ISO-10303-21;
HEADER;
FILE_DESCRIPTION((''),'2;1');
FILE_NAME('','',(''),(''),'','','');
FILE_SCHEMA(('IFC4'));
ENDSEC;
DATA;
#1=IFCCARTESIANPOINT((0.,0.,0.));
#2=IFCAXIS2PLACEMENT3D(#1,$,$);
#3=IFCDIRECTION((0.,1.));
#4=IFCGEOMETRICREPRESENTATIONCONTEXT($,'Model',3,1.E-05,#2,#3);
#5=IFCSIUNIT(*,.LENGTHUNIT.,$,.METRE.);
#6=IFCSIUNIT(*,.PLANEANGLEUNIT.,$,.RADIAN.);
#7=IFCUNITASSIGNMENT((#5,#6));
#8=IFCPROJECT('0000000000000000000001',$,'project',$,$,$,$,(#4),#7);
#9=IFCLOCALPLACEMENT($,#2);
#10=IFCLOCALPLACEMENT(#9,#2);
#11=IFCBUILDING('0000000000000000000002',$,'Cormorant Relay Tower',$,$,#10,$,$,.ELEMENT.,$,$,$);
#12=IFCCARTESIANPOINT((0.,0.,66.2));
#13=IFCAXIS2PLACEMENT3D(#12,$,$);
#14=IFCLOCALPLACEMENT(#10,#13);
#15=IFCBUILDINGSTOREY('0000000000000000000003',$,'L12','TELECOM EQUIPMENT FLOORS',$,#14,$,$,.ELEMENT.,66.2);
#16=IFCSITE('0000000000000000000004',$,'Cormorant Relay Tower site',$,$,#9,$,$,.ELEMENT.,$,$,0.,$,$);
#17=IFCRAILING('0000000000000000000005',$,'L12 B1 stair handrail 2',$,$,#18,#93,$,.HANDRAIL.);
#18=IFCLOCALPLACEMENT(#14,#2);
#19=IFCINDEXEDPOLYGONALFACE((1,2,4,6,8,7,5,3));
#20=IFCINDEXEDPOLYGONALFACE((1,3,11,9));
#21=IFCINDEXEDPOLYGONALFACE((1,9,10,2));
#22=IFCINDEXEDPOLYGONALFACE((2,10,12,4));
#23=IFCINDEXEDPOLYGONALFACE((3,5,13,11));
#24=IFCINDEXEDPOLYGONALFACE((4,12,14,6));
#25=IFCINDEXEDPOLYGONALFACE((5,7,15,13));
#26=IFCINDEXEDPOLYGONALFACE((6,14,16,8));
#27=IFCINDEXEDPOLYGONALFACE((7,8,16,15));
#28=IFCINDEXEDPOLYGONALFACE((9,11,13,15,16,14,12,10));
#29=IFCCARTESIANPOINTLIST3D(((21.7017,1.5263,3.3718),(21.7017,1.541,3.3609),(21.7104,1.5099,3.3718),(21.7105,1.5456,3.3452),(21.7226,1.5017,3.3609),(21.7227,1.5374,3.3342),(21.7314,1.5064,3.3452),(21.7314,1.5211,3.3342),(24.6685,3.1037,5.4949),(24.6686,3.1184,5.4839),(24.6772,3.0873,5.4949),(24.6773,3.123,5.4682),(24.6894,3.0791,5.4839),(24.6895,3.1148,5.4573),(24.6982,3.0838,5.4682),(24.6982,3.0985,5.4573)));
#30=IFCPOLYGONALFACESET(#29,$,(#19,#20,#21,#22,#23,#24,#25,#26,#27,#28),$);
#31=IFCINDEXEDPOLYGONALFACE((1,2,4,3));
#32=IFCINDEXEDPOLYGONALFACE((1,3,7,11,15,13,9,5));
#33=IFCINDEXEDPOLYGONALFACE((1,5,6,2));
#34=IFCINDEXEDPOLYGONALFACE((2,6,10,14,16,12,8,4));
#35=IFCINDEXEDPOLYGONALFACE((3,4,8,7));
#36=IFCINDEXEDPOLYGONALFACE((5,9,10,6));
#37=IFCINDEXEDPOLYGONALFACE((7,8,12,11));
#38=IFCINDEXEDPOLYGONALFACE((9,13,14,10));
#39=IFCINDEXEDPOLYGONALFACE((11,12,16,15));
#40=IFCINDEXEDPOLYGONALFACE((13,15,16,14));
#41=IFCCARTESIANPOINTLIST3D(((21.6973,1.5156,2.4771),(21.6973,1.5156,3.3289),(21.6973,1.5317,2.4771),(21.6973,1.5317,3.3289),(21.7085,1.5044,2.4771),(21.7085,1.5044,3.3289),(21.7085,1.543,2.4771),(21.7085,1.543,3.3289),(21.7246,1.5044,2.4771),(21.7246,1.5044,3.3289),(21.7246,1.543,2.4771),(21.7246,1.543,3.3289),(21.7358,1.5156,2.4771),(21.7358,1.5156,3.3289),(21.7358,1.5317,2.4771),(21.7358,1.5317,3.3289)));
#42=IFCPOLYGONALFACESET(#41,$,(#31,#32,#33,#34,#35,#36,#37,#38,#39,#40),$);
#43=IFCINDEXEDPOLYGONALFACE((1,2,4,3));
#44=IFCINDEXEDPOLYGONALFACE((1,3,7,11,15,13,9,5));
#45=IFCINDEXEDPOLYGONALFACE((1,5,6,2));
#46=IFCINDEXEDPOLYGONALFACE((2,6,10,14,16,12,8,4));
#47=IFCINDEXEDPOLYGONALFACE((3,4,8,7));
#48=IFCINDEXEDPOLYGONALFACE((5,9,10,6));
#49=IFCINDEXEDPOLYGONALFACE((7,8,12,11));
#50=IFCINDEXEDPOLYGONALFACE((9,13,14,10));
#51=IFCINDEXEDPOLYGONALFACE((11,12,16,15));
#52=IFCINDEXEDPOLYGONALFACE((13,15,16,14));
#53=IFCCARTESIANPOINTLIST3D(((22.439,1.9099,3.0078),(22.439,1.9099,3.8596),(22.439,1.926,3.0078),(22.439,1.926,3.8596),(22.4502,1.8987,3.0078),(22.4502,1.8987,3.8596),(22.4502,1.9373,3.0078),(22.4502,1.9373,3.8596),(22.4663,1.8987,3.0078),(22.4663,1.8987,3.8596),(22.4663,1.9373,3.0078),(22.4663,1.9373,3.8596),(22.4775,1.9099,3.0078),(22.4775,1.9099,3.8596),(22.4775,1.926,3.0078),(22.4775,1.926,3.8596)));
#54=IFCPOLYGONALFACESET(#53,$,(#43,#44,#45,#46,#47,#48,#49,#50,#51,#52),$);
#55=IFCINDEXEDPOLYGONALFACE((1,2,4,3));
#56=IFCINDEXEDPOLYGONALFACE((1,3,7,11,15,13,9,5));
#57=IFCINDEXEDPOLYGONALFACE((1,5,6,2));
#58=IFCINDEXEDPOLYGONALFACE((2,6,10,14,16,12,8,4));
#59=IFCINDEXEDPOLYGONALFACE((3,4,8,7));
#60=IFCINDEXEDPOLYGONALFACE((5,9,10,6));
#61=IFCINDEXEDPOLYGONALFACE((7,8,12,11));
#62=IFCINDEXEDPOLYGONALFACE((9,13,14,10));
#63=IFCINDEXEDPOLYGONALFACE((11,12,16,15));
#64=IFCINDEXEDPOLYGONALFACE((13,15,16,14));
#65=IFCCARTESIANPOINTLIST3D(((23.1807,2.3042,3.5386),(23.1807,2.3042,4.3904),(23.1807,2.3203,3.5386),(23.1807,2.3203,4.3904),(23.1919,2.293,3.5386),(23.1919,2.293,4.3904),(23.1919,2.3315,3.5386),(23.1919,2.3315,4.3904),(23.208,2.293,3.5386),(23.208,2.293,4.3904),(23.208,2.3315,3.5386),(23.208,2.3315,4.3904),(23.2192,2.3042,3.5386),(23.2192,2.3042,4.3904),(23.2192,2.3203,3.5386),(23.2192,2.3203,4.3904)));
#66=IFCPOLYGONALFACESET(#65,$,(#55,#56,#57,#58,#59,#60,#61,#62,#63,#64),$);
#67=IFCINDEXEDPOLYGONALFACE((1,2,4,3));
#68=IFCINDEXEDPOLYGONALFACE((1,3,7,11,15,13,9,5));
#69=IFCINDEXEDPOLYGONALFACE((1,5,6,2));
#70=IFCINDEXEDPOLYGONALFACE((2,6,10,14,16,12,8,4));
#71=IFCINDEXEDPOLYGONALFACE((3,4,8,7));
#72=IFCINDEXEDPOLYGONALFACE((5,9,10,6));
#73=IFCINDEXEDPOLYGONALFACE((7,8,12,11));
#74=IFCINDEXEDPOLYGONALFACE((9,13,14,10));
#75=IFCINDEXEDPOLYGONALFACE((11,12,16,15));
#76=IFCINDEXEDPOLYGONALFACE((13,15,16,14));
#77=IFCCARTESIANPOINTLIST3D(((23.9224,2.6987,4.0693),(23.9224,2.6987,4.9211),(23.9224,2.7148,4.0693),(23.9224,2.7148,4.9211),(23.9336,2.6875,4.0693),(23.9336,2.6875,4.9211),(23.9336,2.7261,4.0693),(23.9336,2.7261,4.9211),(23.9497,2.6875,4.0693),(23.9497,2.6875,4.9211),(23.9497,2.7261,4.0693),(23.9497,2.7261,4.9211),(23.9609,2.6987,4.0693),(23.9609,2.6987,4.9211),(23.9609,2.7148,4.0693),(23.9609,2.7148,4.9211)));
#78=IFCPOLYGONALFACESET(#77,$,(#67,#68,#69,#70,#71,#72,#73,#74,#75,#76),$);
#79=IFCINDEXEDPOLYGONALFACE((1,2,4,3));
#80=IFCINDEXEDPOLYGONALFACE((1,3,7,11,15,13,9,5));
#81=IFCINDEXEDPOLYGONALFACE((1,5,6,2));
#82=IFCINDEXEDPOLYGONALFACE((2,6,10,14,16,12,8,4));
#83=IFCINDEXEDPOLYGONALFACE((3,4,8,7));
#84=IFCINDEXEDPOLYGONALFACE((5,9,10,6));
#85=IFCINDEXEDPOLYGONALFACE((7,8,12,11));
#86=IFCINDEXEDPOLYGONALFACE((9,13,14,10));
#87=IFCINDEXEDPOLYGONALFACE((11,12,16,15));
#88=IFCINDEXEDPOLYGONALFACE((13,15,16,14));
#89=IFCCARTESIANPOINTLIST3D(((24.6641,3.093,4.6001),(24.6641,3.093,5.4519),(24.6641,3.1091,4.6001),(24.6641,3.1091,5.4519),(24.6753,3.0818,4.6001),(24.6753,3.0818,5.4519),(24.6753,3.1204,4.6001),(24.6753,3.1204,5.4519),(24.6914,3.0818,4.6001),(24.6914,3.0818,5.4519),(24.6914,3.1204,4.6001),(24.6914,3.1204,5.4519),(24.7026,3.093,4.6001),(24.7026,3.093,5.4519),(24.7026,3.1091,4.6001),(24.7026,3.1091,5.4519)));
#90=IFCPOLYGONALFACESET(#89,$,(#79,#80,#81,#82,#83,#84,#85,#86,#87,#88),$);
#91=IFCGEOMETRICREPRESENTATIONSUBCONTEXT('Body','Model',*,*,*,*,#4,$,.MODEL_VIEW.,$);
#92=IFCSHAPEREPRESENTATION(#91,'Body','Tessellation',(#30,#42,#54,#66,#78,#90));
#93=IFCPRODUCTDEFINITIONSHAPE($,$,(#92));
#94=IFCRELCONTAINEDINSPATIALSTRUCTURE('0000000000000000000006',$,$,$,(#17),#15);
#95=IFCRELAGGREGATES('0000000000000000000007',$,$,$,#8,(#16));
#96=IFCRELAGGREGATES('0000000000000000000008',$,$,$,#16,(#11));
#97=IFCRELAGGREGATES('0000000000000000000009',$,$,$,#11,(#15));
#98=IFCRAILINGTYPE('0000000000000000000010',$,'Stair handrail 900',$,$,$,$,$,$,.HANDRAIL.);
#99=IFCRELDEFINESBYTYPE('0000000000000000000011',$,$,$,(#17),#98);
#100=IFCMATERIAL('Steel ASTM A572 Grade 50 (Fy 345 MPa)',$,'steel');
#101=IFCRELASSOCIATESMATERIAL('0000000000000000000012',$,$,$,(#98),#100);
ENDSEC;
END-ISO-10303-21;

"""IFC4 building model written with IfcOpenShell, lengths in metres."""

from ifc_helpers import new_model, si_unit, direction, frame, origin, place, context, subcontext, project, spatial, polyline, outline, extrude, material, type_object, element, save


model = new_model("IFC4")

# Units and contexts
model_context = context("Model", 3, precision=1e-05, world=origin(), true_north=direction((0.0, 1.0)))
body_context = subcontext(model_context, "Body", "Model", "MODEL_VIEW")
ifc_project = project(units=[si_unit("LENGTHUNIT", "METRE"), si_unit("PLANEANGLEUNIT", "RADIAN")], contexts=[model_context])

# Site, building, storey
site_placement = place(None, origin())
site = spatial("IfcSite", under=ifc_project, at=site_placement, Name="Cormorant Relay Tower site", CompositionType="ELEMENT", RefElevation=0.0)
building_placement = place(site_placement, origin())
building = spatial("IfcBuilding", under=site, at=building_placement, Name="Cormorant Relay Tower", CompositionType="ELEMENT")
storey_placement = place(building_placement, frame((0.0, 0.0, 66.2)))
storey = spatial("IfcBuildingStorey", under=building, at=storey_placement, Name="L12", Description="TELECOM EQUIPMENT FLOORS", CompositionType="ELEMENT", Elevation=66.2)

# Railing
ifc_material_1 = material(Name="Steel ASTM A572 Grade 50 (Fy 345 MPa)", Category="steel")
railing_type_1 = type_object("IfcRailingType", Name="Stair handrail 900", PredefinedType="HANDRAIL", material=ifc_material_1)
railing_1_placement = place(storey_placement, frame((21.7166, 1.5237, 2.4771)))
element("IfcRailing", 1, at=railing_1_placement, inside=storey, type_object=railing_type_1, Name="L12 B1 stair handrail 2", PredefinedType="HANDRAIL", context=body_context, shape_type="SweptSolid", body=[
    extrude(outline(polyline([(0.0222, 0.0093), (0.0093, 0.0222), (-0.0093, 0.0222), (-0.0222, 0.0093), (-0.0222, -0.0093), (-0.0093, -0.0222), (0.0093, -0.0222), (0.0222, -0.0093), (0.0222, 0.0093)])), frame((0.0, 0.0, 0.876), z_axis=(0.746441, 0.396869, 0.534155), x_axis=(-0.469453, 0.882958, 0.0)), (0.0, 0.0, 1.0), 3.9746),
    extrude(outline(polyline([(0.0193, 0.0081), (0.0081, 0.0193), (-0.0081, 0.0193), (-0.0193, 0.0081), (-0.0193, -0.0081), (-0.0081, -0.0193), (0.0081, -0.0193), (0.0193, -0.0081), (0.0193, 0.0081)])), origin(), (0.0, 0.0, 1.0), 0.8518),
    extrude(outline(polyline([(0.0193, 0.0081), (0.0081, 0.0193), (-0.0081, 0.0193), (-0.0193, 0.0081), (-0.0193, -0.0081), (-0.0081, -0.0193), (0.0081, -0.0193), (0.0193, -0.0081), (0.0193, 0.0081)])), frame((0.7417, 0.3943, 0.5308)), (0.0, 0.0, 1.0), 0.8518),
    extrude(outline(polyline([(0.0193, 0.0081), (0.0081, 0.0193), (-0.0081, 0.0193), (-0.0193, 0.0081), (-0.0193, -0.0081), (-0.0081, -0.0193), (0.0081, -0.0193), (0.0193, -0.0081), (0.0193, 0.0081)])), frame((1.4834, 0.7886, 1.0615)), (0.0, 0.0, 1.0), 0.8518),
    extrude(outline(polyline([(0.0193, 0.0081), (0.0081, 0.0193), (-0.0081, 0.0193), (-0.0193, 0.0081), (-0.0193, -0.0081), (-0.0081, -0.0193), (0.0081, -0.0193), (0.0193, -0.0081), (0.0193, 0.0081)])), frame((2.2251, 1.1831, 1.5923)), (0.0, 0.0, 1.0), 0.8518),
    extrude(outline(polyline([(0.0193, 0.0081), (0.0081, 0.0193), (-0.0081, 0.0193), (-0.0193, 0.0081), (-0.0193, -0.0081), (-0.0081, -0.0193), (0.0081, -0.0193), (0.0193, -0.0081), (0.0193, 0.0081)])), frame((2.9668, 1.5774, 2.123)), (0.0, 0.0, 1.0), 0.8518),
])

save(model, "model.ifc")
